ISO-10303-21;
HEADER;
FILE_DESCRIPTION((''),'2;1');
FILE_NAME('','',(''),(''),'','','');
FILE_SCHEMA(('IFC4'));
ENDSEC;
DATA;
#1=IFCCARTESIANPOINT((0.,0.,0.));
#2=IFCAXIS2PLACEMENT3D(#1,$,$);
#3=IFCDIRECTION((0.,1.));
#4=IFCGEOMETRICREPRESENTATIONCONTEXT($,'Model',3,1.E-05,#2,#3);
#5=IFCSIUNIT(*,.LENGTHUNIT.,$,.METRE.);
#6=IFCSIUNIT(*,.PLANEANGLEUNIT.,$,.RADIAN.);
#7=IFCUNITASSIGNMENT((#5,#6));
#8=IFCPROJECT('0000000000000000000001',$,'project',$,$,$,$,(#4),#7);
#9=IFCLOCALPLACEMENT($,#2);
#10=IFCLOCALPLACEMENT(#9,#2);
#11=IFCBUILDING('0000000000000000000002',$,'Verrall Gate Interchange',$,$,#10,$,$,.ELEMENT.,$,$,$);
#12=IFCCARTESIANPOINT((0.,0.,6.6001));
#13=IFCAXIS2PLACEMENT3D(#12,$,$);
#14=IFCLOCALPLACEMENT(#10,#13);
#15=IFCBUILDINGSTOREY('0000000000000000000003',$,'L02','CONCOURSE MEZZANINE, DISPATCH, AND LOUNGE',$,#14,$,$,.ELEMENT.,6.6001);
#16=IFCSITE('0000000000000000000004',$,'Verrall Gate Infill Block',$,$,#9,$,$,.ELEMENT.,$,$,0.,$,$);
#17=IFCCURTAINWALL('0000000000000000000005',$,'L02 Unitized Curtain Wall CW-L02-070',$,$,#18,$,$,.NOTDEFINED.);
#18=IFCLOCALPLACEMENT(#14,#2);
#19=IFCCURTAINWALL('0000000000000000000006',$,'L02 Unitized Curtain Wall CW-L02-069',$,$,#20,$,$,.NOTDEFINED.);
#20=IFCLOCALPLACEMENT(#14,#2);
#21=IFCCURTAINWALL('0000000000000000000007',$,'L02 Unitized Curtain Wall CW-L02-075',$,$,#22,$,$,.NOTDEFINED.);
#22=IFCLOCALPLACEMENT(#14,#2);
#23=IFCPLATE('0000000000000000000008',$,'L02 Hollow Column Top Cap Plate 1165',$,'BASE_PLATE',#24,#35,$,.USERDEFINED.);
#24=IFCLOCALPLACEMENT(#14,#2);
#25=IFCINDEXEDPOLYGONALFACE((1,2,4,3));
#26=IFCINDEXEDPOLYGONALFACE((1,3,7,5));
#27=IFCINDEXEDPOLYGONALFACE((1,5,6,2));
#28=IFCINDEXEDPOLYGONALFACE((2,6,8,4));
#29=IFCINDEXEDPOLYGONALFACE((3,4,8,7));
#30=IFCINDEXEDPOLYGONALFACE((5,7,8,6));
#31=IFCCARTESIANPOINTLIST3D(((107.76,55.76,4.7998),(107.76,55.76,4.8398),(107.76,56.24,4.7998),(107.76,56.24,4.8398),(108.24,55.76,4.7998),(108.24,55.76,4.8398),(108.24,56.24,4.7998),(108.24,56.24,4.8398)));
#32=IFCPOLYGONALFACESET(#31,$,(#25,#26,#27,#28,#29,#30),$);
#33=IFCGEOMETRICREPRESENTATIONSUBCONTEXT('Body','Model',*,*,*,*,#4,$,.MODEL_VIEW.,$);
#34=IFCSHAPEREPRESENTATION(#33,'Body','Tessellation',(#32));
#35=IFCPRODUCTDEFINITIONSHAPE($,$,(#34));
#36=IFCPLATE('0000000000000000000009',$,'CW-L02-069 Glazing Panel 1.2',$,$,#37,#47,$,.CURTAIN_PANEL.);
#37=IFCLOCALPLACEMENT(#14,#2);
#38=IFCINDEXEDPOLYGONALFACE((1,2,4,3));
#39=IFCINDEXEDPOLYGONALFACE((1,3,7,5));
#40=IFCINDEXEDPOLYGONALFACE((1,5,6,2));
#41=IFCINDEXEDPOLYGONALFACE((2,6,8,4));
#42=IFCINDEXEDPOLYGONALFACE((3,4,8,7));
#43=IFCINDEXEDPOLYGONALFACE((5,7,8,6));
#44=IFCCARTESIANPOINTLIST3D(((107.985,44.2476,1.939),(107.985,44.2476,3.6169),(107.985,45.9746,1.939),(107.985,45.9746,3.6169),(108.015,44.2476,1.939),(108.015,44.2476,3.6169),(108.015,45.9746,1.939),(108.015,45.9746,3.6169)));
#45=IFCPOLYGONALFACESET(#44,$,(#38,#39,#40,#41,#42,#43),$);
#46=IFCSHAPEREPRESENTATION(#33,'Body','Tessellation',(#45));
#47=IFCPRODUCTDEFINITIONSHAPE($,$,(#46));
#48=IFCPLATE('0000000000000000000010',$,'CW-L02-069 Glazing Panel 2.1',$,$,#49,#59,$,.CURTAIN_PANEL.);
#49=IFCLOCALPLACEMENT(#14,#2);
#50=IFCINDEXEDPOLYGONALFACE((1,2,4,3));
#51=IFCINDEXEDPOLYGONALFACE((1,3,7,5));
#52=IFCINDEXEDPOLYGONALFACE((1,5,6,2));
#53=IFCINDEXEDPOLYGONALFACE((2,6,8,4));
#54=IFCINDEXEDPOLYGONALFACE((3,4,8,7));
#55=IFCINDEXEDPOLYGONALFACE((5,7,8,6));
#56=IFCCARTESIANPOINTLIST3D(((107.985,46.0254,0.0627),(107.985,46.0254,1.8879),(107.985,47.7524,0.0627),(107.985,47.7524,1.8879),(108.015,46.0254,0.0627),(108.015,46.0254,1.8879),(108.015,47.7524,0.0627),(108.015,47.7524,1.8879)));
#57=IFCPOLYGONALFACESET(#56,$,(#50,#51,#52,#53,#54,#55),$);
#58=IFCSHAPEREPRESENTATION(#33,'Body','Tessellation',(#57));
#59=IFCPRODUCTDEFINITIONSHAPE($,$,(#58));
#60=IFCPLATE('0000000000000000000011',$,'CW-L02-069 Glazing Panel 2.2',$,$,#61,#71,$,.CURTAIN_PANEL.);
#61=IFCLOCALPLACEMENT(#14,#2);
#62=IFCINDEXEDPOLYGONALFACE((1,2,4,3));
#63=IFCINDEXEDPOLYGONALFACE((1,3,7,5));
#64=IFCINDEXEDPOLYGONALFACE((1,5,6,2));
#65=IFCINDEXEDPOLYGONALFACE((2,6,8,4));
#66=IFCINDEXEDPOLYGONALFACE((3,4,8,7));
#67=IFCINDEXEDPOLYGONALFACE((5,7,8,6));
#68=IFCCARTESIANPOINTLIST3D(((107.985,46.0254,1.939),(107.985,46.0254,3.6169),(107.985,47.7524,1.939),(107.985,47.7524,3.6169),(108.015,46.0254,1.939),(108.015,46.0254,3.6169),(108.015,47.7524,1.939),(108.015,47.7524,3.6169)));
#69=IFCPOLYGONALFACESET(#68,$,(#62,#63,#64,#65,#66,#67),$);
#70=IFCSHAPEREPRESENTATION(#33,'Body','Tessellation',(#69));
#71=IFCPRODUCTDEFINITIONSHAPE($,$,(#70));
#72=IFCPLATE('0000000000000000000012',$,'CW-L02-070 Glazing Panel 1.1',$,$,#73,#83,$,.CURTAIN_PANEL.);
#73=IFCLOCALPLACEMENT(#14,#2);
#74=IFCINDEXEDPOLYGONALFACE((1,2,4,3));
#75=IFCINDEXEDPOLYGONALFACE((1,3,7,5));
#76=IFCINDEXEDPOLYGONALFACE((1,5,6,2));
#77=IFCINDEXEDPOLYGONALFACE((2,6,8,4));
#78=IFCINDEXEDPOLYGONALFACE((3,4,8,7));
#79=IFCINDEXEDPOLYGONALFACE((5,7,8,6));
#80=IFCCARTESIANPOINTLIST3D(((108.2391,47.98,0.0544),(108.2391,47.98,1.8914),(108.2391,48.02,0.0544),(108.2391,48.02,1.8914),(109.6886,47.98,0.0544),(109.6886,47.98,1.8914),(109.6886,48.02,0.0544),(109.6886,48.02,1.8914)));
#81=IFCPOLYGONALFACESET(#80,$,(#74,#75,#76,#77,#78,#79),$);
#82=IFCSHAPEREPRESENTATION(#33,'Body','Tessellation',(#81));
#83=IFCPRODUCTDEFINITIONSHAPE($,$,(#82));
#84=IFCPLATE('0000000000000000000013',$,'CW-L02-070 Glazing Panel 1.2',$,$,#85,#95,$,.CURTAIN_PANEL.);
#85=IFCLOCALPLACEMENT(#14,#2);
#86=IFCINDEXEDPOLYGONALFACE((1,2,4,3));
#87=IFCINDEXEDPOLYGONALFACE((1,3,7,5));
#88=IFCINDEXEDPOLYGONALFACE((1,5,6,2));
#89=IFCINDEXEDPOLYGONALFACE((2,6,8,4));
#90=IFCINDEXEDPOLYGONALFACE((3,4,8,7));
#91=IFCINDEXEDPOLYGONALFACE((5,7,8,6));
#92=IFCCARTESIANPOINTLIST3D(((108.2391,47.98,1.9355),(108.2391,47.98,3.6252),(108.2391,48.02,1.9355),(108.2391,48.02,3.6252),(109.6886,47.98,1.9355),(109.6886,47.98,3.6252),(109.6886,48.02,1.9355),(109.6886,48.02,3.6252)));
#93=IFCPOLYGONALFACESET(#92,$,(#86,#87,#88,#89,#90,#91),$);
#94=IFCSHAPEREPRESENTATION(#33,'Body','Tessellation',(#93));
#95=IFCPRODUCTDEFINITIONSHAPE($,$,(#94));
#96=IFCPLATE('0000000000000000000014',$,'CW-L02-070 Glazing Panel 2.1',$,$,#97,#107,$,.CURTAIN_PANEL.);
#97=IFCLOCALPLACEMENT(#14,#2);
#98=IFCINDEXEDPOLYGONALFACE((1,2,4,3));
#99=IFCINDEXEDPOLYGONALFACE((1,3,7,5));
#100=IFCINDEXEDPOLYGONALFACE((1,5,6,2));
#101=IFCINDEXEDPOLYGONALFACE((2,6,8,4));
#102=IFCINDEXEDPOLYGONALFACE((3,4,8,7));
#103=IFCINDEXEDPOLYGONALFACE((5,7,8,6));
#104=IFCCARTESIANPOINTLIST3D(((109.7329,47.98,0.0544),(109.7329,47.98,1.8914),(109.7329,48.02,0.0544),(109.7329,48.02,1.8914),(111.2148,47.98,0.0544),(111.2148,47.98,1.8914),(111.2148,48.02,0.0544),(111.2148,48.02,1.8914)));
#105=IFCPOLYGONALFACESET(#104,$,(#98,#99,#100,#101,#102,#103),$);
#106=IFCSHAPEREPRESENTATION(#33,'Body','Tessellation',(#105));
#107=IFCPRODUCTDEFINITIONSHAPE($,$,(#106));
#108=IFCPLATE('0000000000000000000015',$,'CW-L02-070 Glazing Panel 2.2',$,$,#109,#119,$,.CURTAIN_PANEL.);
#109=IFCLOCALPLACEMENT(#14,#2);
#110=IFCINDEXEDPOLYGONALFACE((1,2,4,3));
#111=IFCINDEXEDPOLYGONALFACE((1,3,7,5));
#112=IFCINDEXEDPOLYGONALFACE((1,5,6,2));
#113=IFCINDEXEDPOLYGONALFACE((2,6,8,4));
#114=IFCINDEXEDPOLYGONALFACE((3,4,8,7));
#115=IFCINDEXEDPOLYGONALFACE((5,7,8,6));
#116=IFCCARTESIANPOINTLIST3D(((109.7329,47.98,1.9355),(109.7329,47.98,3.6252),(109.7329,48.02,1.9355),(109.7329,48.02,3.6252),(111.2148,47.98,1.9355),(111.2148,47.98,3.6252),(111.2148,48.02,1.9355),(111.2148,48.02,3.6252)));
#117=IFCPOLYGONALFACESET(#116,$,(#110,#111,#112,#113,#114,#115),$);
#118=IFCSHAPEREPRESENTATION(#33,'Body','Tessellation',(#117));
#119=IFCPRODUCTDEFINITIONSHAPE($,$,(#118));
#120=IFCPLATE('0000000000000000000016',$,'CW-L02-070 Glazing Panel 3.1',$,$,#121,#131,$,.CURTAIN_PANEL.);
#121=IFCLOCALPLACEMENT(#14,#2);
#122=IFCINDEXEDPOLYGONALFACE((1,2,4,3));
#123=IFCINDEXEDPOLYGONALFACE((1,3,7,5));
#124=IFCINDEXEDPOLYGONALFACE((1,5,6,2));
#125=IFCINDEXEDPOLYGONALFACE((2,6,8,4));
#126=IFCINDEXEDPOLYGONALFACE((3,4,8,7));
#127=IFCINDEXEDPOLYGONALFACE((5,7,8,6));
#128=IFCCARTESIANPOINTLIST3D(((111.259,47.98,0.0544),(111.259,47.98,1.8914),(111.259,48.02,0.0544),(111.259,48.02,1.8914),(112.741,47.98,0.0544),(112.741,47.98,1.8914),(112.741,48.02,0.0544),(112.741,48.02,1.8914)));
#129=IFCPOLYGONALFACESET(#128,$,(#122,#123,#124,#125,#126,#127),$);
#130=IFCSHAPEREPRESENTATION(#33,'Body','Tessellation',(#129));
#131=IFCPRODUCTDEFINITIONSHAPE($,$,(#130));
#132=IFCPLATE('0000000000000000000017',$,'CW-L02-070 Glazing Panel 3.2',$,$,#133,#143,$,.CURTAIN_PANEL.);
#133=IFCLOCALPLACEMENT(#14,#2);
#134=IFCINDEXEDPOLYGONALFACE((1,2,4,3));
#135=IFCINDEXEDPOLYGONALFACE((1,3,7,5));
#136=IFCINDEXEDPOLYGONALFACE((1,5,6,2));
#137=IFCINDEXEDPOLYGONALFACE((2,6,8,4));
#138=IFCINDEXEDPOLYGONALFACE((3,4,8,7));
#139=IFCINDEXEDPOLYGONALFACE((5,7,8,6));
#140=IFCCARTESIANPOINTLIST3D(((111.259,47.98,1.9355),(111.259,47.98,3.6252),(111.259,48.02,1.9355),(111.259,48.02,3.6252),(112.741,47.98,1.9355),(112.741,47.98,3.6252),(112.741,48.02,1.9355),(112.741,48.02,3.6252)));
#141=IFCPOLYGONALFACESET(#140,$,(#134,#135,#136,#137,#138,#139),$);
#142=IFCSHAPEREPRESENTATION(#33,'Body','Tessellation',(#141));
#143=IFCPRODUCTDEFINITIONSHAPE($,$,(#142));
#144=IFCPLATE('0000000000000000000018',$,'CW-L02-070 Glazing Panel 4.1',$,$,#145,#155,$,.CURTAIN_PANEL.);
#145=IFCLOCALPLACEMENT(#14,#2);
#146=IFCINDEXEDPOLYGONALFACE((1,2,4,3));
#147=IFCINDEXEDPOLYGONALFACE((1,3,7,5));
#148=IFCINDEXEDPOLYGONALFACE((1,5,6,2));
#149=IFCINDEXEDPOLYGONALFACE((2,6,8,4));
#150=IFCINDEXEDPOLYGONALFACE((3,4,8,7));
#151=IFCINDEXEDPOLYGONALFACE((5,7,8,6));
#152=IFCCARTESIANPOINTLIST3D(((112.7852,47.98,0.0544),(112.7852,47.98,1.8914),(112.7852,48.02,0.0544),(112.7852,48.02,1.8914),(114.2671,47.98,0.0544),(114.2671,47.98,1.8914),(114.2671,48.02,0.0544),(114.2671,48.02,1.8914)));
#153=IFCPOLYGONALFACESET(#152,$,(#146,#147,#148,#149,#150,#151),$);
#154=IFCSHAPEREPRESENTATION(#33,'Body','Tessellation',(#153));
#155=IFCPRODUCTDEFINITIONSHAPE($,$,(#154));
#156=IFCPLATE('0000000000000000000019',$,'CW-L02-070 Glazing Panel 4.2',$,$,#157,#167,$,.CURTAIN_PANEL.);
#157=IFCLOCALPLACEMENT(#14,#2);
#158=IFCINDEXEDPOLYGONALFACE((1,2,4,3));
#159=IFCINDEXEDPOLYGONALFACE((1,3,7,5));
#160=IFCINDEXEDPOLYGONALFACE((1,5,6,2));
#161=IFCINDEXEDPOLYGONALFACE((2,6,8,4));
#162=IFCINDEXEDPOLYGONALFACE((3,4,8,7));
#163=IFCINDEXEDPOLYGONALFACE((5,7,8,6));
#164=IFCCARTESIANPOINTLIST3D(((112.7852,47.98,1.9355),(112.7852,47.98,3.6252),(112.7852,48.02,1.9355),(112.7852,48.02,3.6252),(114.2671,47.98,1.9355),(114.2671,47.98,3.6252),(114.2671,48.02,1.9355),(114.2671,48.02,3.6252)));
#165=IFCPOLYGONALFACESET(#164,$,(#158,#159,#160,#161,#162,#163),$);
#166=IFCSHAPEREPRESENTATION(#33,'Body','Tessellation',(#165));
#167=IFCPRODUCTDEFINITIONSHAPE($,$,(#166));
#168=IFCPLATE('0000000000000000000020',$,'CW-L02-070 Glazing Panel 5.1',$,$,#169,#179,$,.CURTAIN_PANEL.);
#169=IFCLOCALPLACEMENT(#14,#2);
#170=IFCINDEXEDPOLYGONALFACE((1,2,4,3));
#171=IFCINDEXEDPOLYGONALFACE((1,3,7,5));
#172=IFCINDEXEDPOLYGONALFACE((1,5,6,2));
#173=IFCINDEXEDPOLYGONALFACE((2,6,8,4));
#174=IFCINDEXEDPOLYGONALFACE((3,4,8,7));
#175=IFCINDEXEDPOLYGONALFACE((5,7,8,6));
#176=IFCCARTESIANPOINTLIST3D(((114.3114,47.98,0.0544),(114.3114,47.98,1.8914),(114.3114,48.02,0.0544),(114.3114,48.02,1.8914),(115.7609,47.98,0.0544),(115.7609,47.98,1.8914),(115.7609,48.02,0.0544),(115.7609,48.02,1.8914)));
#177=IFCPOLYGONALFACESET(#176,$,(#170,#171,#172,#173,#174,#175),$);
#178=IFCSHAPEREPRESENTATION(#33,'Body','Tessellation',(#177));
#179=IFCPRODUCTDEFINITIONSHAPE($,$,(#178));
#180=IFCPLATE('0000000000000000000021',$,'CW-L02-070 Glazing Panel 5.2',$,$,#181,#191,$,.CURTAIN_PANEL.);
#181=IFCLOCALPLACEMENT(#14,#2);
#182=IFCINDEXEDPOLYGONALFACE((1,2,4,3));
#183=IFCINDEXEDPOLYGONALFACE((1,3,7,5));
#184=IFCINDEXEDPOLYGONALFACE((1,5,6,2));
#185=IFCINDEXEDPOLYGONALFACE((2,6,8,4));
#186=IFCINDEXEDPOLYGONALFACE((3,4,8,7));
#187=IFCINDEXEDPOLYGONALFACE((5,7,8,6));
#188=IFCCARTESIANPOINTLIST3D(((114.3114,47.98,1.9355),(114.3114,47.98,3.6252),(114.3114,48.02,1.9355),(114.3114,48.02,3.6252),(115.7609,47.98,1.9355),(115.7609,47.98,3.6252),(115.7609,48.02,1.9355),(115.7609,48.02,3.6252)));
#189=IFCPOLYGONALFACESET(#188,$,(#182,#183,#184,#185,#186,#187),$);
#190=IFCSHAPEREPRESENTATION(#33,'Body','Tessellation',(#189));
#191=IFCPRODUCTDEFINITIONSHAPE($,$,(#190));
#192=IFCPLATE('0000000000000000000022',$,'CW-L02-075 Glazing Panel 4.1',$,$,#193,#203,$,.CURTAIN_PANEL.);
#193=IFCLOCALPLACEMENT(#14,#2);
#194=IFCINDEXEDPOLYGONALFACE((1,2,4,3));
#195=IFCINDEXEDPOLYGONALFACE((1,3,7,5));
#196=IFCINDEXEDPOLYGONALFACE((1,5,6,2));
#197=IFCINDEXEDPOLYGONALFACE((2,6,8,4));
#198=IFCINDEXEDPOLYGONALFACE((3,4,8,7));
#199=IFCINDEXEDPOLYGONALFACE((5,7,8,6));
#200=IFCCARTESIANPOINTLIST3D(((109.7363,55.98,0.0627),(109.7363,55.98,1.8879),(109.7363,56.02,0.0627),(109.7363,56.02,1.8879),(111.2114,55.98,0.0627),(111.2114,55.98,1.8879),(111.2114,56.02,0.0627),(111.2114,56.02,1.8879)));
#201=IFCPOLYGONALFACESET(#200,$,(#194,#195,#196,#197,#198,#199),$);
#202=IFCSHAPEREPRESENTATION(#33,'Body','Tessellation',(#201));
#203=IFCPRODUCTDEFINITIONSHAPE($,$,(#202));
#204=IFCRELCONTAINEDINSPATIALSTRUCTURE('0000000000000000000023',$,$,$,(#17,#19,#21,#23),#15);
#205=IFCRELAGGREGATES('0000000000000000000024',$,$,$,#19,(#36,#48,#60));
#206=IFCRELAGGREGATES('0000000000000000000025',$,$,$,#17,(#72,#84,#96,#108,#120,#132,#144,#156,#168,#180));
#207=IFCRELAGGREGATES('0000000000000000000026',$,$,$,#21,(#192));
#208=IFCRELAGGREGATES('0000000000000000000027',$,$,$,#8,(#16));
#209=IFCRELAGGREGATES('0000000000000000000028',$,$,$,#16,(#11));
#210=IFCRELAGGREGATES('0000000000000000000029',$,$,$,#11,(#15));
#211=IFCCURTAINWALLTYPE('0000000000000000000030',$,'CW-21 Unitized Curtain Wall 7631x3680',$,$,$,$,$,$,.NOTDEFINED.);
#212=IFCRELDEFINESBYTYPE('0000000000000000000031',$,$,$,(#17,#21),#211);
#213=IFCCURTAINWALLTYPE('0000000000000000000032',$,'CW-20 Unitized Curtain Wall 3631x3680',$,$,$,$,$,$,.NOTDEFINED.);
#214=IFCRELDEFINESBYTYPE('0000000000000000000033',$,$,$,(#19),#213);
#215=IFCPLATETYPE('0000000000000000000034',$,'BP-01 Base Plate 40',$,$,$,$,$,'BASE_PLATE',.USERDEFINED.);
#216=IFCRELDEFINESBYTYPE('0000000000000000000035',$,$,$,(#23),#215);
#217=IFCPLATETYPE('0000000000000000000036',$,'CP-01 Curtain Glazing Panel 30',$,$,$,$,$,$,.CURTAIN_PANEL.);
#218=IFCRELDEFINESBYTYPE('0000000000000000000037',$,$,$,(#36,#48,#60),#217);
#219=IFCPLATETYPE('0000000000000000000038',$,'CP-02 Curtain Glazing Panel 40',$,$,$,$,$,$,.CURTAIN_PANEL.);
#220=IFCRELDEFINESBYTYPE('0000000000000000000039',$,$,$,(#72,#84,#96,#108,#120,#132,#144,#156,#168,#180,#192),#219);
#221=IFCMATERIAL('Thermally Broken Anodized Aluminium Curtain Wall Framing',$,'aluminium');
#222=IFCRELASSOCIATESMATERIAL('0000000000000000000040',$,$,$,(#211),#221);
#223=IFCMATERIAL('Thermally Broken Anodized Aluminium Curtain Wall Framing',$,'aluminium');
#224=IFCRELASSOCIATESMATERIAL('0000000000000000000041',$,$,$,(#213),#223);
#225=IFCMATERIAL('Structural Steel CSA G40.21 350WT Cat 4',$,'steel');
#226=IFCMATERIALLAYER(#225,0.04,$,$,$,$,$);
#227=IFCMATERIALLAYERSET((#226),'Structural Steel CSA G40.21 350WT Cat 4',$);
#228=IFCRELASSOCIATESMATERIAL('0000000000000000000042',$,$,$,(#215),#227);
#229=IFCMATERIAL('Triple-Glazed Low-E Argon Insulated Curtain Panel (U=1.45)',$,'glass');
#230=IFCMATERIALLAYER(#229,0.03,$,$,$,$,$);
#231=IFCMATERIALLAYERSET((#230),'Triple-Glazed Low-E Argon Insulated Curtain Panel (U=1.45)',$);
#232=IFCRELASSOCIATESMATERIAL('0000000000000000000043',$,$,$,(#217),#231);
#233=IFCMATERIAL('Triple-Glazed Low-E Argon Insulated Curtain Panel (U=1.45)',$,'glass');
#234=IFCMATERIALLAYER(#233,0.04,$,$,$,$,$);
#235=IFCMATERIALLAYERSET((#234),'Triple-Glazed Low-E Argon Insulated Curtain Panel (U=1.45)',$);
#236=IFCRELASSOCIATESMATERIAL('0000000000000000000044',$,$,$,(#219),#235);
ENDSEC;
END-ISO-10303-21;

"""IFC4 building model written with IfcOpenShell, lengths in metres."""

from ifc_helpers import new_model, si_unit, direction, frame, origin, origin_2d, place, context, subcontext, project, spatial, rectangle, extrude, material, layer, layer_set, type_object, element, aggregate, save


model = new_model("IFC4")

# Units and contexts
model_context = context("Model", 3, precision=1e-05, world=origin(), true_north=direction((0.0, 1.0)))
body_context = subcontext(model_context, "Body", "Model", "MODEL_VIEW")
ifc_project = project(units=[si_unit("LENGTHUNIT", "METRE"), si_unit("PLANEANGLEUNIT", "RADIAN")], contexts=[model_context])

# Site, building, storey
site_placement = place(None, origin())
site = spatial("IfcSite", under=ifc_project, at=site_placement, Name="Verrall Gate Infill Block", CompositionType="ELEMENT", RefElevation=0.0)
building_placement = place(site_placement, origin())
building = spatial("IfcBuilding", under=site, at=building_placement, Name="Verrall Gate Interchange", CompositionType="ELEMENT")
storey_placement = place(building_placement, frame((0.0, 0.0, 6.6001)))
storey = spatial("IfcBuildingStorey", under=building, at=storey_placement, Name="L02", Description="CONCOURSE MEZZANINE, DISPATCH, AND LOUNGE", CompositionType="ELEMENT", Elevation=6.6001)

# Curtain walls
ifc_material_1 = material(Name="Thermally Broken Anodized Aluminium Curtain Wall Framing", Category="aluminium")
curtain_wall_type_1 = type_object("IfcCurtainWallType", Name="CW-21 Unitized Curtain Wall 7631x3680", PredefinedType="NOTDEFINED", material=ifc_material_1)
curtain_wall_1_placement = place(storey_placement, origin())
curtain_wall_1 = element("IfcCurtainWall", 1, at=curtain_wall_1_placement, inside=storey, type_object=curtain_wall_type_1, Name="L02 Unitized Curtain Wall CW-L02-070", PredefinedType="NOTDEFINED")
ifc_material_2 = material(Name="Thermally Broken Anodized Aluminium Curtain Wall Framing", Category="aluminium")
curtain_wall_type_2 = type_object("IfcCurtainWallType", Name="CW-20 Unitized Curtain Wall 3631x3680", PredefinedType="NOTDEFINED", material=ifc_material_2)
curtain_wall_2_placement = place(storey_placement, origin())
curtain_wall_2 = element("IfcCurtainWall", 2, at=curtain_wall_2_placement, inside=storey, type_object=curtain_wall_type_2, Name="L02 Unitized Curtain Wall CW-L02-069", PredefinedType="NOTDEFINED")
curtain_wall_3_placement = place(storey_placement, origin())
curtain_wall_3 = element("IfcCurtainWall", 3, at=curtain_wall_3_placement, inside=storey, type_object=curtain_wall_type_1, Name="L02 Unitized Curtain Wall CW-L02-075", PredefinedType="NOTDEFINED")

# Plates
ifc_material_3 = material(Name="Structural Steel CSA G40.21 350WT Cat 4", Category="steel")
ifc_layer_1 = layer(ifc_material_3, 0.04)
ifc_layer_set_1 = layer_set([ifc_layer_1], Name="Structural Steel CSA G40.21 350WT Cat 4")
plate_type_1 = type_object("IfcPlateType", Name="BP-01 Base Plate 40", ElementType="BASE_PLATE", PredefinedType="USERDEFINED", material=ifc_layer_set_1)
plate_1_placement = place(storey_placement, frame((108.0, 56.0, 4.7998), z_axis=(0.0, 0.0, 1.0), x_axis=(1.0, 0.0, 0.0)))
element("IfcPlate", 4, at=plate_1_placement, inside=storey, type_object=plate_type_1, Name="L02 Hollow Column Top Cap Plate 1165", ObjectType="BASE_PLATE", PredefinedType="USERDEFINED", context=body_context, shape_type="SweptSolid", body=[
    extrude(rectangle(XDim=0.48, YDim=0.48, at=origin_2d()), origin(), (0.0, 0.0, 1.0), 0.04),
])
ifc_material_4 = material(Name="Triple-Glazed Low-E Argon Insulated Curtain Panel (U=1.45)", Category="glass")
ifc_layer_2 = layer(ifc_material_4, 0.03)
ifc_layer_set_2 = layer_set([ifc_layer_2], Name="Triple-Glazed Low-E Argon Insulated Curtain Panel (U=1.45)")
plate_type_2 = type_object("IfcPlateType", Name="CP-01 Curtain Glazing Panel 30", PredefinedType="CURTAIN_PANEL", material=ifc_layer_set_2)
plate_2_placement = place(storey_placement, frame((108.0, 45.1111, 1.939), z_axis=(0.0, 0.0, 1.0), x_axis=(0.0, 1.0, 0.0)))
plate_2 = element("IfcPlate", 5, at=plate_2_placement, type_object=plate_type_2, Name="CW-L02-069 Glazing Panel 1.2", PredefinedType="CURTAIN_PANEL", context=body_context, shape_type="SweptSolid", body=[
    extrude(rectangle(XDim=1.7271, YDim=0.03, at=origin_2d()), origin(), (0.0, 0.0, 1.0), 1.678),
])
plate_3_placement = place(storey_placement, frame((108.0, 46.8889, 0.0627), z_axis=(0.0, 0.0, 1.0), x_axis=(0.0, 1.0, 0.0)))
plate_3 = element("IfcPlate", 6, at=plate_3_placement, type_object=plate_type_2, Name="CW-L02-069 Glazing Panel 2.1", PredefinedType="CURTAIN_PANEL", context=body_context, shape_type="SweptSolid", body=[
    extrude(rectangle(XDim=1.7271, YDim=0.03, at=origin_2d()), origin(), (0.0, 0.0, 1.0), 1.8252),
])
plate_4_placement = place(storey_placement, frame((108.0, 46.8889, 1.939), z_axis=(0.0, 0.0, 1.0), x_axis=(0.0, 1.0, 0.0)))
plate_4 = element("IfcPlate", 7, at=plate_4_placement, type_object=plate_type_2, Name="CW-L02-069 Glazing Panel 2.2", PredefinedType="CURTAIN_PANEL", context=body_context, shape_type="SweptSolid", body=[
    extrude(rectangle(XDim=1.7271, YDim=0.03, at=origin_2d()), origin(), (0.0, 0.0, 1.0), 1.678),
])
aggregate(curtain_wall_2, [plate_2, plate_3, plate_4])
ifc_material_5 = material(Name="Triple-Glazed Low-E Argon Insulated Curtain Panel (U=1.45)", Category="glass")
ifc_layer_3 = layer(ifc_material_5, 0.04)
ifc_layer_set_3 = layer_set([ifc_layer_3], Name="Triple-Glazed Low-E Argon Insulated Curtain Panel (U=1.45)")
plate_type_3 = type_object("IfcPlateType", Name="CP-02 Curtain Glazing Panel 40", PredefinedType="CURTAIN_PANEL", material=ifc_layer_set_3)
plate_5_placement = place(storey_placement, frame((108.9639, 48.0, 0.0544), z_axis=(0.0, 0.0, 1.0), x_axis=(1.0, 0.0, 0.0)))
plate_5 = element("IfcPlate", 8, at=plate_5_placement, type_object=plate_type_3, Name="CW-L02-070 Glazing Panel 1.1", PredefinedType="CURTAIN_PANEL", context=body_context, shape_type="SweptSolid", body=[
    extrude(rectangle(XDim=1.4495, YDim=0.04, at=origin_2d()), origin(), (0.0, 0.0, 1.0), 1.8369),
])
plate_6_placement = place(storey_placement, frame((108.9639, 48.0, 1.9355), z_axis=(0.0, 0.0, 1.0), x_axis=(1.0, 0.0, 0.0)))
plate_6 = element("IfcPlate", 9, at=plate_6_placement, type_object=plate_type_3, Name="CW-L02-070 Glazing Panel 1.2", PredefinedType="CURTAIN_PANEL", context=body_context, shape_type="SweptSolid", body=[
    extrude(rectangle(XDim=1.4495, YDim=0.04, at=origin_2d()), origin(), (0.0, 0.0, 1.0), 1.6897),
])
plate_7_placement = place(storey_placement, frame((110.4739, 48.0, 0.0544), z_axis=(0.0, 0.0, 1.0), x_axis=(1.0, 0.0, 0.0)))
plate_7 = element("IfcPlate", 10, at=plate_7_placement, type_object=plate_type_3, Name="CW-L02-070 Glazing Panel 2.1", PredefinedType="CURTAIN_PANEL", context=body_context, shape_type="SweptSolid", body=[
    extrude(rectangle(XDim=1.4819, YDim=0.04, at=origin_2d()), origin(), (0.0, 0.0, 1.0), 1.8369),
])
plate_8_placement = place(storey_placement, frame((110.4739, 48.0, 1.9355), z_axis=(0.0, 0.0, 1.0), x_axis=(1.0, 0.0, 0.0)))
plate_8 = element("IfcPlate", 11, at=plate_8_placement, type_object=plate_type_3, Name="CW-L02-070 Glazing Panel 2.2", PredefinedType="CURTAIN_PANEL", context=body_context, shape_type="SweptSolid", body=[
    extrude(rectangle(XDim=1.4819, YDim=0.04, at=origin_2d()), origin(), (0.0, 0.0, 1.0), 1.6897),
])
plate_9_placement = place(storey_placement, frame((112.0, 48.0, 0.0544), z_axis=(0.0, 0.0, 1.0), x_axis=(1.0, 0.0, 0.0)))
plate_9 = element("IfcPlate", 12, at=plate_9_placement, type_object=plate_type_3, Name="CW-L02-070 Glazing Panel 3.1", PredefinedType="CURTAIN_PANEL", context=body_context, shape_type="SweptSolid", body=[
    extrude(rectangle(XDim=1.4819, YDim=0.04, at=origin_2d()), origin(), (0.0, 0.0, 1.0), 1.8369),
])
plate_10_placement = place(storey_placement, frame((112.0, 48.0, 1.9355), z_axis=(0.0, 0.0, 1.0), x_axis=(1.0, 0.0, 0.0)))
plate_10 = element("IfcPlate", 13, at=plate_10_placement, type_object=plate_type_3, Name="CW-L02-070 Glazing Panel 3.2", PredefinedType="CURTAIN_PANEL", context=body_context, shape_type="SweptSolid", body=[
    extrude(rectangle(XDim=1.4819, YDim=0.04, at=origin_2d()), origin(), (0.0, 0.0, 1.0), 1.6897),
])
plate_11_placement = place(storey_placement, frame((113.5261, 48.0, 0.0544), z_axis=(0.0, 0.0, 1.0), x_axis=(1.0, 0.0, 0.0)))
plate_11 = element("IfcPlate", 14, at=plate_11_placement, type_object=plate_type_3, Name="CW-L02-070 Glazing Panel 4.1", PredefinedType="CURTAIN_PANEL", context=body_context, shape_type="SweptSolid", body=[
    extrude(rectangle(XDim=1.4819, YDim=0.04, at=origin_2d()), origin(), (0.0, 0.0, 1.0), 1.8369),
])
plate_12_placement = place(storey_placement, frame((113.5261, 48.0, 1.9355), z_axis=(0.0, 0.0, 1.0), x_axis=(1.0, 0.0, 0.0)))
plate_12 = element("IfcPlate", 15, at=plate_12_placement, type_object=plate_type_3, Name="CW-L02-070 Glazing Panel 4.2", PredefinedType="CURTAIN_PANEL", context=body_context, shape_type="SweptSolid", body=[
    extrude(rectangle(XDim=1.4819, YDim=0.04, at=origin_2d()), origin(), (0.0, 0.0, 1.0), 1.6897),
])
plate_13_placement = place(storey_placement, frame((115.0361, 48.0, 0.0544), z_axis=(0.0, 0.0, 1.0), x_axis=(1.0, 0.0, 0.0)))
plate_13 = element("IfcPlate", 16, at=plate_13_placement, type_object=plate_type_3, Name="CW-L02-070 Glazing Panel 5.1", PredefinedType="CURTAIN_PANEL", context=body_context, shape_type="SweptSolid", body=[
    extrude(rectangle(XDim=1.4495, YDim=0.04, at=origin_2d()), origin(), (0.0, 0.0, 1.0), 1.8369),
])
plate_14_placement = place(storey_placement, frame((115.0361, 48.0, 1.9355), z_axis=(0.0, 0.0, 1.0), x_axis=(1.0, 0.0, 0.0)))
plate_14 = element("IfcPlate", 17, at=plate_14_placement, type_object=plate_type_3, Name="CW-L02-070 Glazing Panel 5.2", PredefinedType="CURTAIN_PANEL", context=body_context, shape_type="SweptSolid", body=[
    extrude(rectangle(XDim=1.4495, YDim=0.04, at=origin_2d()), origin(), (0.0, 0.0, 1.0), 1.6897),
])
aggregate(curtain_wall_1, [plate_5, plate_6, plate_7, plate_8, plate_9, plate_10, plate_11, plate_12, plate_13, plate_14])
plate_15_placement = place(storey_placement, frame((110.4739, 56.0, 0.0627), z_axis=(0.0, 0.0, 1.0), x_axis=(-1.0, 0.0, 0.0)))
plate_15 = element("IfcPlate", 18, at=plate_15_placement, type_object=plate_type_3, Name="CW-L02-075 Glazing Panel 4.1", PredefinedType="CURTAIN_PANEL", context=body_context, shape_type="SweptSolid", body=[
    extrude(rectangle(XDim=1.4751, YDim=0.04, at=origin_2d()), origin(), (0.0, 0.0, 1.0), 1.8252),
])
aggregate(curtain_wall_3, [plate_15])

save(model, "model.ifc")
